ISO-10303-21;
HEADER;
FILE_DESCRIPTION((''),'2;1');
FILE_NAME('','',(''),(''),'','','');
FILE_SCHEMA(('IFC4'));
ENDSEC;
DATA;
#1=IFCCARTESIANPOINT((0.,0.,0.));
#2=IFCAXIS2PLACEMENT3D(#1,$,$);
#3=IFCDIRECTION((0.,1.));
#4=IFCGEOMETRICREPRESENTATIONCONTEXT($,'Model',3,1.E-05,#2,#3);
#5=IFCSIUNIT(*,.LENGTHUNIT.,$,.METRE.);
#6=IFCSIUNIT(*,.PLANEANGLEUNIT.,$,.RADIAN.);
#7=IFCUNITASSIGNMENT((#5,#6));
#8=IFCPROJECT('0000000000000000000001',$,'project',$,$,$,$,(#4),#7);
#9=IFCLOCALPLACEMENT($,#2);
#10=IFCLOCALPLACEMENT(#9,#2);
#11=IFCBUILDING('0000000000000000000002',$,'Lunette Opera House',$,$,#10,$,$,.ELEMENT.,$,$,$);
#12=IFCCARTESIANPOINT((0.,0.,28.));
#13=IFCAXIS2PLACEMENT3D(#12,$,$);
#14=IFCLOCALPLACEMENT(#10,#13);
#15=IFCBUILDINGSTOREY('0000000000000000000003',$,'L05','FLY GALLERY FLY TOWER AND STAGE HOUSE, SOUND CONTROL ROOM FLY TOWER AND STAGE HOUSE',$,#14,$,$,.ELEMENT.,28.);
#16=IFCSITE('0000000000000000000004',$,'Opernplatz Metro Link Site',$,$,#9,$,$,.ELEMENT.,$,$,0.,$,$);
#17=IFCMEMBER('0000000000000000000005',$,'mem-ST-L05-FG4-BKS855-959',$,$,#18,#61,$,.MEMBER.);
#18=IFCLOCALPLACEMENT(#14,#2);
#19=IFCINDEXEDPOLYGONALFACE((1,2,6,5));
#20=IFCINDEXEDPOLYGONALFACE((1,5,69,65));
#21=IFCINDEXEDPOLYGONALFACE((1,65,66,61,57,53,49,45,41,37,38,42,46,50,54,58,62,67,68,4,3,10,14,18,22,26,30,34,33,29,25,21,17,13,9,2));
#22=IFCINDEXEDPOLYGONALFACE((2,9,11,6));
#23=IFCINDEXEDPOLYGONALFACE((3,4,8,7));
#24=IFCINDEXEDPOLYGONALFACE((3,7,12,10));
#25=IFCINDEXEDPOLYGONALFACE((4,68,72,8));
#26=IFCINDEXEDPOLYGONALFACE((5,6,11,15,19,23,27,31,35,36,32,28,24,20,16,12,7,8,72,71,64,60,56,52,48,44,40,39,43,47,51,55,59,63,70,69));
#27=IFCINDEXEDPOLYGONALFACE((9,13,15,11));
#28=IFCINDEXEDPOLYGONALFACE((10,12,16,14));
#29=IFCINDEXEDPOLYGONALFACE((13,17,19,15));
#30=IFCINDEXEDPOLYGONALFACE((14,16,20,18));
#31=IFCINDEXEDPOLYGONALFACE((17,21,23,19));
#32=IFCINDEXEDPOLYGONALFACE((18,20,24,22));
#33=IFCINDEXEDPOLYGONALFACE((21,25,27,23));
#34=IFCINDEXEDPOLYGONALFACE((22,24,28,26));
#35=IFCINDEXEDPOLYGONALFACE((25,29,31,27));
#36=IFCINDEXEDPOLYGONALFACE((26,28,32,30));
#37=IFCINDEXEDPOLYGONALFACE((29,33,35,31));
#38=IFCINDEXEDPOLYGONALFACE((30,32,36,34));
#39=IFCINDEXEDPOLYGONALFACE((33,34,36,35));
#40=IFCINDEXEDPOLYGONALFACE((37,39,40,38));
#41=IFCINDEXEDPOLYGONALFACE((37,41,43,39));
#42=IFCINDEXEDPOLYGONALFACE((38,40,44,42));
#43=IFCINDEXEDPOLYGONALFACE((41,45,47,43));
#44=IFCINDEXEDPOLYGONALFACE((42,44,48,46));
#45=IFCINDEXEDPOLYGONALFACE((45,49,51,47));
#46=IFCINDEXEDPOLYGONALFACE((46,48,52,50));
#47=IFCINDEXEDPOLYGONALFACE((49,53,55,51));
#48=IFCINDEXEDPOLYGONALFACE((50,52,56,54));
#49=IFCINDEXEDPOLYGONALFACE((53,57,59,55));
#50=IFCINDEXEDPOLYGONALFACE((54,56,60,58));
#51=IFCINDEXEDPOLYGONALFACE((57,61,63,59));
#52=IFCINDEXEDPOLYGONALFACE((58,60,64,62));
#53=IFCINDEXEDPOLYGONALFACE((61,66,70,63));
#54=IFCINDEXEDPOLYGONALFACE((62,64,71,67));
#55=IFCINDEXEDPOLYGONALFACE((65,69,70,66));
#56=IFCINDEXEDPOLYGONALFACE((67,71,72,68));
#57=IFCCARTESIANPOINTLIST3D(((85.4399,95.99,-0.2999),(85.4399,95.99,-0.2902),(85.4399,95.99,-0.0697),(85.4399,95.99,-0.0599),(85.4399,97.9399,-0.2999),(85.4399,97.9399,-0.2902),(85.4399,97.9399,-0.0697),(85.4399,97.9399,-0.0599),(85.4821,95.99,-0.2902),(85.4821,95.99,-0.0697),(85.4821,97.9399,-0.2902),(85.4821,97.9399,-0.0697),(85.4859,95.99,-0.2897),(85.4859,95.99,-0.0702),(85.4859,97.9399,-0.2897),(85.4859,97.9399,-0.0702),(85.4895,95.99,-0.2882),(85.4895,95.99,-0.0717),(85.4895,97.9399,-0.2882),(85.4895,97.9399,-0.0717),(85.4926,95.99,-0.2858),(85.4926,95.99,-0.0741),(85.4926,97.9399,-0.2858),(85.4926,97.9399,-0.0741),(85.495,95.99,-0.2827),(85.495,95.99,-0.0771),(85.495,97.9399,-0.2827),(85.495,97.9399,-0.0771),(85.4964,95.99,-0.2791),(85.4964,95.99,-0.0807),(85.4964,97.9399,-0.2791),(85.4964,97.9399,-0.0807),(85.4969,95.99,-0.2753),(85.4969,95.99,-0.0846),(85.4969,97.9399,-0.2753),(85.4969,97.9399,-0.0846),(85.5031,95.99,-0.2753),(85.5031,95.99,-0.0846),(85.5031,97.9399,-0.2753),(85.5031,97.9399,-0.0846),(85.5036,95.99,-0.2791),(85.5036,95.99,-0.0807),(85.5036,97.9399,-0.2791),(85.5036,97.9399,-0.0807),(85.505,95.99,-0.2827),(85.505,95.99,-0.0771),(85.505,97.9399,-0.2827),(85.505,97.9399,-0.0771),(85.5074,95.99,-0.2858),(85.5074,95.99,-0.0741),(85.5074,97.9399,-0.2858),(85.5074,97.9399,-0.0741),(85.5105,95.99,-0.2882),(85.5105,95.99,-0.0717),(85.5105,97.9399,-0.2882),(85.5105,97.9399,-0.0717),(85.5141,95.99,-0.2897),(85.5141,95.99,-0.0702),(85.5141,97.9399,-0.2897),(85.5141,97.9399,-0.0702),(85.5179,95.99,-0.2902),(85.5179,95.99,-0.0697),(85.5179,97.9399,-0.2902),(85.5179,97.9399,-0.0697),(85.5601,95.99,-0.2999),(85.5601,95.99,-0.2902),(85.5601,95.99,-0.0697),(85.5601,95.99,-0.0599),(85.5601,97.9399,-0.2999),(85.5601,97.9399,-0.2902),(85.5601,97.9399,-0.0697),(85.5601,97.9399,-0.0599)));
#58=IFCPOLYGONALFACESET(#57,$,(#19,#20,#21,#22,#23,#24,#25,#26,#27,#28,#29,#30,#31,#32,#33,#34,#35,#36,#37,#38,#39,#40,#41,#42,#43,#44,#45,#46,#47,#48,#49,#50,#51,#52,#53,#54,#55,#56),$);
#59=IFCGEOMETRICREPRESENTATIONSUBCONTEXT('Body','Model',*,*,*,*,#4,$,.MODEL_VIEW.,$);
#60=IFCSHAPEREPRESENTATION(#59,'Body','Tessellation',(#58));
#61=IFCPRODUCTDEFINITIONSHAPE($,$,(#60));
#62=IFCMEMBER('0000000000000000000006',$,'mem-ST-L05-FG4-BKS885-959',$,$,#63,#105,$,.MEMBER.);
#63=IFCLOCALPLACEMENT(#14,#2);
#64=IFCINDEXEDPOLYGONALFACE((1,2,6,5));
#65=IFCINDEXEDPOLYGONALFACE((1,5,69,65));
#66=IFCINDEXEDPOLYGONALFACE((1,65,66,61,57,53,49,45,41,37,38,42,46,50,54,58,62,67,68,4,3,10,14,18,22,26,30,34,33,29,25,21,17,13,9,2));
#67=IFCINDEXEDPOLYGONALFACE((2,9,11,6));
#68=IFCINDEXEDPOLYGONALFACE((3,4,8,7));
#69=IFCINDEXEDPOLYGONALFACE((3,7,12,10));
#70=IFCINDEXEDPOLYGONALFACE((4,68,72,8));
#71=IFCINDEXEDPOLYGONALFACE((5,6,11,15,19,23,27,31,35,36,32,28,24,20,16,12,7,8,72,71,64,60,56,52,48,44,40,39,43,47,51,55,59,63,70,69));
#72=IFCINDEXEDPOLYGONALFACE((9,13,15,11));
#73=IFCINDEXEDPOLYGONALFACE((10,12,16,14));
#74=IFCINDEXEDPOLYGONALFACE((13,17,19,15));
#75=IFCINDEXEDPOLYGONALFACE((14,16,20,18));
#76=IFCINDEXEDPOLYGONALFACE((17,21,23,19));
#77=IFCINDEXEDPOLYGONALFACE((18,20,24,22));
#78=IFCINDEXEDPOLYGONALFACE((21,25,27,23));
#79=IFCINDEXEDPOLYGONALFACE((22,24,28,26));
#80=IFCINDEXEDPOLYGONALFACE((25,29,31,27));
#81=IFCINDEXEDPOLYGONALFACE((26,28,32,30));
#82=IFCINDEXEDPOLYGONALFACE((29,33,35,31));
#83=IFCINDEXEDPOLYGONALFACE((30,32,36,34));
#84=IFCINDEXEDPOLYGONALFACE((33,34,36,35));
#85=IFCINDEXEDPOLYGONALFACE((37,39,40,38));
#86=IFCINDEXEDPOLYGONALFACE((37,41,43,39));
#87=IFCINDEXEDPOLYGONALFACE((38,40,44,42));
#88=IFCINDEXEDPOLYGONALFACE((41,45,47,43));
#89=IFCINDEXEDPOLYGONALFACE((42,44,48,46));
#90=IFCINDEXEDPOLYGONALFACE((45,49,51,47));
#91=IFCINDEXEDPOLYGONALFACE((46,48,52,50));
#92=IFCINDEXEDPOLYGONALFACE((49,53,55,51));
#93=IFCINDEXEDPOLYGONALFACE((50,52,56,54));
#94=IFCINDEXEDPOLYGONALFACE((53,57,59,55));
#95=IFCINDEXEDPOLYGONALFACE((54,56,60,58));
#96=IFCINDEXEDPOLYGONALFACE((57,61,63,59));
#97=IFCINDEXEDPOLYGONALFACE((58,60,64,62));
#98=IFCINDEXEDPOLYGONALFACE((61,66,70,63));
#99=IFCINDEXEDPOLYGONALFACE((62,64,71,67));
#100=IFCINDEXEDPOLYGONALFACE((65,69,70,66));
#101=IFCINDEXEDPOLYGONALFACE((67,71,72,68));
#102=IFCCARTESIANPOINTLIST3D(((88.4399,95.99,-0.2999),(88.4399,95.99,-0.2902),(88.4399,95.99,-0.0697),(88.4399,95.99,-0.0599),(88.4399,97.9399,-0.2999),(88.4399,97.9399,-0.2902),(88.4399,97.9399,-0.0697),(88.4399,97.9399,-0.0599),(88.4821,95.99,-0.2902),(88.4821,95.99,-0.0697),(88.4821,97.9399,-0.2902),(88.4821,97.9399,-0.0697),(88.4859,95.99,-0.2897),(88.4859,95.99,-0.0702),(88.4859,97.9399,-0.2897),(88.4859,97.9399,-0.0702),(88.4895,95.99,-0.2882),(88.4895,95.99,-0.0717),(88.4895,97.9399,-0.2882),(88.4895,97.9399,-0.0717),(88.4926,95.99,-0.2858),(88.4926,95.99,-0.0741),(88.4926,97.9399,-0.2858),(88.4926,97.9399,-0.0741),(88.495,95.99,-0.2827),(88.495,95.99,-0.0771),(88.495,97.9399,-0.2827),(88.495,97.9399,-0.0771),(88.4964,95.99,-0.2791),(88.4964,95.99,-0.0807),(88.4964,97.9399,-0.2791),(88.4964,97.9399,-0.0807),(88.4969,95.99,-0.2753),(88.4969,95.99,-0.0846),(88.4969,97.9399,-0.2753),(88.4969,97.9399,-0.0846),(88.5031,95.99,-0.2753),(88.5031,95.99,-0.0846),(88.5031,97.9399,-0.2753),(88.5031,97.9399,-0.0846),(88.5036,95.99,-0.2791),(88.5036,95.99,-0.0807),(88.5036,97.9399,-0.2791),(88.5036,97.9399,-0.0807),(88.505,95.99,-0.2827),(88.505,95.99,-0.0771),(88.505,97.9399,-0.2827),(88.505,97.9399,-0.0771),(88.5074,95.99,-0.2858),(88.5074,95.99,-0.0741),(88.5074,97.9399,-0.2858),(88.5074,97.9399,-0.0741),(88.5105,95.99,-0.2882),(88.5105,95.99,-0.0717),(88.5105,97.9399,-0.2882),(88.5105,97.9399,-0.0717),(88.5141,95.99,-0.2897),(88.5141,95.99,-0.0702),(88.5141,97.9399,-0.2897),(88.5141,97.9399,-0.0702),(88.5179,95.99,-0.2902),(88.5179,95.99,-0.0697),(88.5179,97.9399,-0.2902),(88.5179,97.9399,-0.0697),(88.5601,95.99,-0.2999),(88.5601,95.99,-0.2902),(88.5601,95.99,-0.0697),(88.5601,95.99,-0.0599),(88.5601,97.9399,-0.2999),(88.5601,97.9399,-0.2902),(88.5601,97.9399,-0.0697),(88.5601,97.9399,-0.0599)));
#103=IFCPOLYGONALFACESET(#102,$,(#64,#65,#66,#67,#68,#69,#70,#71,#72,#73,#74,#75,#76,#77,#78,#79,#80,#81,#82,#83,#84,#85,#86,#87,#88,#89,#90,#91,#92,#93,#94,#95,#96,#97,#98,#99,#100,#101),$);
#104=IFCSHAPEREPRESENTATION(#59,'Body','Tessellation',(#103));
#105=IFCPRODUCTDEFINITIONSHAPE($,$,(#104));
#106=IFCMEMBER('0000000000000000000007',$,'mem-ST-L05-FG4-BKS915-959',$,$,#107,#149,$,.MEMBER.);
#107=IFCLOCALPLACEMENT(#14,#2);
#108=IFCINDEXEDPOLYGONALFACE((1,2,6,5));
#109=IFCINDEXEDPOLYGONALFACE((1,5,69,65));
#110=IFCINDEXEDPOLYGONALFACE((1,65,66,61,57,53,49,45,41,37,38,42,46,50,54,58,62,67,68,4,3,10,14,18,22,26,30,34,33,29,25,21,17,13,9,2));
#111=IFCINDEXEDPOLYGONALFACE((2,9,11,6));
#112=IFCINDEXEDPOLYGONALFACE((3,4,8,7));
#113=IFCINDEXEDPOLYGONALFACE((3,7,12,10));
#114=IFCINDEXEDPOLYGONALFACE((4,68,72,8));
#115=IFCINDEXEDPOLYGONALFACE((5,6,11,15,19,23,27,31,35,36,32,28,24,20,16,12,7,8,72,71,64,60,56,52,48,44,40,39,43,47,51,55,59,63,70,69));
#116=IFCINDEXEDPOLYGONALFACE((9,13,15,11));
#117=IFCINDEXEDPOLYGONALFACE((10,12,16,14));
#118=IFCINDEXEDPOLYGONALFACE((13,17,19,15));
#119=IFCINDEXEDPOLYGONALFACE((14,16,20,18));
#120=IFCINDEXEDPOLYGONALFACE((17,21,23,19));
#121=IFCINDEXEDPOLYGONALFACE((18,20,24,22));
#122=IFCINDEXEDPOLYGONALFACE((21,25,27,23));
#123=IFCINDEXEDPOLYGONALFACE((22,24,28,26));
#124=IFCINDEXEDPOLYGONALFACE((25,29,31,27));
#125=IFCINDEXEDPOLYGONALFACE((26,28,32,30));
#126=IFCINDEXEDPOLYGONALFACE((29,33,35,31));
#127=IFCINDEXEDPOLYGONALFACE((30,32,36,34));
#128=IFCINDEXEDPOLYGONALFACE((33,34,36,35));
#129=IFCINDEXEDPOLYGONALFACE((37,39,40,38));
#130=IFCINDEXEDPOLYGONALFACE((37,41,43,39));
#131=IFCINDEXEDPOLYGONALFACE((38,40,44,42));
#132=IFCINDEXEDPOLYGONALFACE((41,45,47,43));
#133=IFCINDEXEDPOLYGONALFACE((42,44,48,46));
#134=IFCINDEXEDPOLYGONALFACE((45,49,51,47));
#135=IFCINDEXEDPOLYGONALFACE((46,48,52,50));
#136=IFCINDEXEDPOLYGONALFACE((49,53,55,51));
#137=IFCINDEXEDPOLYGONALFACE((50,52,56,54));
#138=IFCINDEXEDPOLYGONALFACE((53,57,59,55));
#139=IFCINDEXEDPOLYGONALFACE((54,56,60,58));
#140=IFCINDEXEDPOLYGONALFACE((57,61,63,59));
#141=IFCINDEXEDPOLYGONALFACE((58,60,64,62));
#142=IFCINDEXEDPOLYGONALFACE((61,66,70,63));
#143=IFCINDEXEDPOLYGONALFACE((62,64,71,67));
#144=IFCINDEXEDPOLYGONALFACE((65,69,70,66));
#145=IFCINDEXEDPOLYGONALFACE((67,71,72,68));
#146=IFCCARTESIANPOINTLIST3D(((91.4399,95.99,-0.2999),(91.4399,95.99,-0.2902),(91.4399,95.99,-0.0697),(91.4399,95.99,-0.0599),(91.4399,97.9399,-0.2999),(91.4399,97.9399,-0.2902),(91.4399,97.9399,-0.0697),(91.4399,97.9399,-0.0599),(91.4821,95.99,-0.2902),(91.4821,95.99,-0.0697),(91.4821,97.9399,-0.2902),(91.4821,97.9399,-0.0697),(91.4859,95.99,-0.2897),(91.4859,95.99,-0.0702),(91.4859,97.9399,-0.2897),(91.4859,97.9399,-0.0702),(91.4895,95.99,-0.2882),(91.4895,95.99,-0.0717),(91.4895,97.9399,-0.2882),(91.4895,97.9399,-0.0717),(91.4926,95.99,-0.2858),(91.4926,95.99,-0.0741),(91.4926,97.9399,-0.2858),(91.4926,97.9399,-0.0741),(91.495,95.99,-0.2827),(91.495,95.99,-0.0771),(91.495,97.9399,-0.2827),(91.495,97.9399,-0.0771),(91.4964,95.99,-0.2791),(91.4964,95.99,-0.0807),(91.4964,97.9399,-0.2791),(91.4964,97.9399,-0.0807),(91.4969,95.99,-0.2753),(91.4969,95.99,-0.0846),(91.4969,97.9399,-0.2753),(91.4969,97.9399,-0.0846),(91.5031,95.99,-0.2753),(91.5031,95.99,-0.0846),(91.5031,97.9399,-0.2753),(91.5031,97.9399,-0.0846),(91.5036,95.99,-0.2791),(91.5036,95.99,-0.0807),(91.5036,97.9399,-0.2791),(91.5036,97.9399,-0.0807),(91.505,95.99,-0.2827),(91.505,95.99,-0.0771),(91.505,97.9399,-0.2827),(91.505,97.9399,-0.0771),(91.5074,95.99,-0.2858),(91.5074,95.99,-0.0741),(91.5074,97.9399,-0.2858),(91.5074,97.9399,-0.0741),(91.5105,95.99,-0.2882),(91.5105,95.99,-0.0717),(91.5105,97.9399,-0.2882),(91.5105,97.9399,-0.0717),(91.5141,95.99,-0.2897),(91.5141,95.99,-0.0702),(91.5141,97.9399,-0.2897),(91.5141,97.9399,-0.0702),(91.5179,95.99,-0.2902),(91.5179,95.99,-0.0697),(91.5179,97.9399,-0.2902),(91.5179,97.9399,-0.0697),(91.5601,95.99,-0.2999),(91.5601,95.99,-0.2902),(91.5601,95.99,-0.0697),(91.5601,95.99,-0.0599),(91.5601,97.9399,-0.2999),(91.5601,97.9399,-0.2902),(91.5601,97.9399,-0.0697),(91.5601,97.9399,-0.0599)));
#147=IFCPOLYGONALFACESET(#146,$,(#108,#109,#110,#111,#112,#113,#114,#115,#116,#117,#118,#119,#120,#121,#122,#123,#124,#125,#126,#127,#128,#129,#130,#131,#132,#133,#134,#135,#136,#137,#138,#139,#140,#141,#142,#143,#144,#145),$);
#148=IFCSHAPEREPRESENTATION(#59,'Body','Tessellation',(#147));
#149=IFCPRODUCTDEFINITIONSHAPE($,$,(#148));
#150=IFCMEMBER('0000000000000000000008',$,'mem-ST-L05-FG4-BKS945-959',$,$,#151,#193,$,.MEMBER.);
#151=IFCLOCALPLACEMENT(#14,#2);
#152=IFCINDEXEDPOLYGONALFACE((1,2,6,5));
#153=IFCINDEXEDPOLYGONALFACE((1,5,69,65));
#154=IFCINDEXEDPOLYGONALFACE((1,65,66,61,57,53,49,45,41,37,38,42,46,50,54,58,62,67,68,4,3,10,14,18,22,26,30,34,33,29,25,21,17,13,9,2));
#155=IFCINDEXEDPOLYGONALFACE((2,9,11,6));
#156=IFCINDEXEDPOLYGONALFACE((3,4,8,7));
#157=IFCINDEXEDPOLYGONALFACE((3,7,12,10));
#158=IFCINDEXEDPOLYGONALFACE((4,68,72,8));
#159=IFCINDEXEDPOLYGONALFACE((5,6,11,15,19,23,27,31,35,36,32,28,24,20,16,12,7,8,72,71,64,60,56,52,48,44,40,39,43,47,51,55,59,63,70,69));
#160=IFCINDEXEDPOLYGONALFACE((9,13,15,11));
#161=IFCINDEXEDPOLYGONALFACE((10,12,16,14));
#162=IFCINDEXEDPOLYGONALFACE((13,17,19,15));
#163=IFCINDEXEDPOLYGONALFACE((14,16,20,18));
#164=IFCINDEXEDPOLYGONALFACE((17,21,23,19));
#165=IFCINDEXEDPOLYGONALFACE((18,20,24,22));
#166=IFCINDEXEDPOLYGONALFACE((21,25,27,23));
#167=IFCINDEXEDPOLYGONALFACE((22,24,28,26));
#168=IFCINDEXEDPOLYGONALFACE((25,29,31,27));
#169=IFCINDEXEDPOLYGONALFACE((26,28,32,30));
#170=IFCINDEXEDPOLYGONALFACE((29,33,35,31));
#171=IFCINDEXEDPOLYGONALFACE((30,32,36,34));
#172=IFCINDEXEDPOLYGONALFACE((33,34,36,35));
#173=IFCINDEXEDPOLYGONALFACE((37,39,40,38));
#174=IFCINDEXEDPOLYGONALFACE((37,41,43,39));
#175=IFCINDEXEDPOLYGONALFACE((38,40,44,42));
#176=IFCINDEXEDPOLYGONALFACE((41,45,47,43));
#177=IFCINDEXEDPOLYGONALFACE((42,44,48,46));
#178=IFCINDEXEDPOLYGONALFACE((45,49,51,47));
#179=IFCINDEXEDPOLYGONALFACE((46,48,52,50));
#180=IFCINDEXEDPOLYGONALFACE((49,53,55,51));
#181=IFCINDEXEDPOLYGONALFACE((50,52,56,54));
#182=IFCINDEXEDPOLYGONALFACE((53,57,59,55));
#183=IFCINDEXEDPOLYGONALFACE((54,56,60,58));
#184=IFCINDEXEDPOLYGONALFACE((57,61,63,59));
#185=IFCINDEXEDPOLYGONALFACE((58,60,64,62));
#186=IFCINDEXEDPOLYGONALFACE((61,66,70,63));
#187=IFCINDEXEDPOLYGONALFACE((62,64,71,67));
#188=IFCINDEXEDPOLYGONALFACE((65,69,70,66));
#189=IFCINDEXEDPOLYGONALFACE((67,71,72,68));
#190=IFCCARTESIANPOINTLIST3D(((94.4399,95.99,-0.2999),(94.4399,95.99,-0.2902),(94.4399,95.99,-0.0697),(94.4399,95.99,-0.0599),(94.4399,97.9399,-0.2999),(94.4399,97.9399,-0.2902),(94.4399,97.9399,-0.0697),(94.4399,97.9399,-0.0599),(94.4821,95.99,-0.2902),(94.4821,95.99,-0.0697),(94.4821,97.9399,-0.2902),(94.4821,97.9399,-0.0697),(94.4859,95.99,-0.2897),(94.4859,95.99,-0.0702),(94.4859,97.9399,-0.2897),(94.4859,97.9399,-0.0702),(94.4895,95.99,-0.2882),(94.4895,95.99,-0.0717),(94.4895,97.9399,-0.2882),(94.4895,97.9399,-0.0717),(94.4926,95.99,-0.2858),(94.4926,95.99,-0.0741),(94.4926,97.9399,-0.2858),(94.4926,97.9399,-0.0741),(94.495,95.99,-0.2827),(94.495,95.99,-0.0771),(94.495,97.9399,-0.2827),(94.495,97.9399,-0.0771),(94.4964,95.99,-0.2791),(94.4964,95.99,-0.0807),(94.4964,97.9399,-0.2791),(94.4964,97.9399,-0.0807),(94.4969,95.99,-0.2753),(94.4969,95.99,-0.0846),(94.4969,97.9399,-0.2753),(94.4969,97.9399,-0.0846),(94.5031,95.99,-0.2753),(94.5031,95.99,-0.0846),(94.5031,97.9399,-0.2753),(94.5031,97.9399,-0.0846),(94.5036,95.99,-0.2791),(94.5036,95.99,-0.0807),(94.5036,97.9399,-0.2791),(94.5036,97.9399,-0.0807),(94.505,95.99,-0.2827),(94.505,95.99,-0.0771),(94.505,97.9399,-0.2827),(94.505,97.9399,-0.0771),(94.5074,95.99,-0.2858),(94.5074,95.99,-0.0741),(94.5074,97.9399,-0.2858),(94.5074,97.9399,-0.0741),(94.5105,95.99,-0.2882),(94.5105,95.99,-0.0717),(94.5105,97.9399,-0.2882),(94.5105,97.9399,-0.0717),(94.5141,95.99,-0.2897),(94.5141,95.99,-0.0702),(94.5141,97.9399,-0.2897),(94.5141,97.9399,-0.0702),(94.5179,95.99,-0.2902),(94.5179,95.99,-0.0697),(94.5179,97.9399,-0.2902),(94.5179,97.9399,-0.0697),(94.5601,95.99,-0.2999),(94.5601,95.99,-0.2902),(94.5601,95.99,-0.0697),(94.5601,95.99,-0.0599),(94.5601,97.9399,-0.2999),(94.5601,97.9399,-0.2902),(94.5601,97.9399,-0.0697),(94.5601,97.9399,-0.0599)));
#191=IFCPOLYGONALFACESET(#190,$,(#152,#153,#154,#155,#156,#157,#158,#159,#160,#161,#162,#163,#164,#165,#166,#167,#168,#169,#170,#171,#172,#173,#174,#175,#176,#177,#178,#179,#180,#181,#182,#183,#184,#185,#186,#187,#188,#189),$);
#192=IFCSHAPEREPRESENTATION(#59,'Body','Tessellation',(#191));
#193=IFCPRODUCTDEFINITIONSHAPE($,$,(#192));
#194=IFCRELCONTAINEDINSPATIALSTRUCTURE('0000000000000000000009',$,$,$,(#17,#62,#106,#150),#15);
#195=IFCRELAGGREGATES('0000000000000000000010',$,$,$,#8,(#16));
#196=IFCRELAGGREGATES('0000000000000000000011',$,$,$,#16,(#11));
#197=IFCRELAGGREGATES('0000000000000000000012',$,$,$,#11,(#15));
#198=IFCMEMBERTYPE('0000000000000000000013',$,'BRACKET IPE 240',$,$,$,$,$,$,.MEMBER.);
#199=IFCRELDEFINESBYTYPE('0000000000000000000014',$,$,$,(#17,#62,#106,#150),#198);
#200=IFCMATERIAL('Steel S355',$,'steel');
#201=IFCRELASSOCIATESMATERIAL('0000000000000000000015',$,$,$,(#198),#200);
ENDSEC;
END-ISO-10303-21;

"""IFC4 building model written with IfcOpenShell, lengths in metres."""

from ifc_helpers import new_model, si_unit, direction, frame, origin, origin_2d, place, context, subcontext, project, spatial, i_section, extrude, material, material_profile, profile_set, type_object, element, save


model = new_model("IFC4")

# Units and contexts
model_context = context("Model", 3, precision=1e-05, world=origin(), true_north=direction((0.0, 1.0)))
body_context = subcontext(model_context, "Body", "Model", "MODEL_VIEW")
ifc_project = project(units=[si_unit("LENGTHUNIT", "METRE"), si_unit("PLANEANGLEUNIT", "RADIAN")], contexts=[model_context])

# Site, building, storey
site_placement = place(None, origin())
site = spatial("IfcSite", under=ifc_project, at=site_placement, Name="Opernplatz Metro Link Site", CompositionType="ELEMENT", RefElevation=0.0)
building_placement = place(site_placement, origin())
building = spatial("IfcBuilding", under=site, at=building_placement, Name="Lunette Opera House", CompositionType="ELEMENT")
storey_placement = place(building_placement, frame((0.0, 0.0, 28.0)))
storey = spatial("IfcBuildingStorey", under=building, at=storey_placement, Name="L05", Description="FLY GALLERY FLY TOWER AND STAGE HOUSE, SOUND CONTROL ROOM FLY TOWER AND STAGE HOUSE", CompositionType="ELEMENT", Elevation=28.0)

# Members
ifc_material_1 = material(Name="Steel S355", Category="steel")
ifc_material_profile_1 = material_profile(ifc_material_1, i_section(OverallWidth=0.1201, OverallDepth=0.24, WebThickness=0.0061, FlangeThickness=0.0098, FilletRadius=0.0149, at=origin_2d()), Name="IPE 240")
ifc_profile_set_1 = profile_set([ifc_material_profile_1], Name="Steel S355")
member_type_1 = type_object("IfcMemberType", Name="BRACKET IPE 240", PredefinedType="MEMBER", material=ifc_profile_set_1)
for number, where, z_axis, x_axis, name in (
    (1, (85.5, 95.99, -0.1799), (0.0, 1.0, 0.0), (-1.0, 0.0, 0.0), "mem-ST-L05-FG4-BKS855-959"),
    (2, (88.5, 95.99, -0.1799), (0.0, 1.0, 0.0), (-1.0, 0.0, 0.0), "mem-ST-L05-FG4-BKS885-959"),
    (3, (91.5, 95.99, -0.1799), (0.0, 1.0, 0.0), (-1.0, 0.0, 0.0), "mem-ST-L05-FG4-BKS915-959"),
    (4, (94.5, 95.99, -0.1799), (0.0, 1.0, 0.0), (-1.0, 0.0, 0.0), "mem-ST-L05-FG4-BKS945-959"),
):
    element("IfcMember", number, at=place(storey_placement, frame(where, z_axis=z_axis, x_axis=x_axis)), inside=storey, type_object=member_type_1, Name=name, PredefinedType="MEMBER", context=body_context, shape_type="SweptSolid", body=[
        extrude(i_section(OverallWidth=0.1201, OverallDepth=0.24, WebThickness=0.0061, FlangeThickness=0.0098, FilletRadius=0.0149, at=origin_2d()), origin(), (0.0, 0.0, 1.0), 1.95),
    ])

save(model, "model.ifc")
